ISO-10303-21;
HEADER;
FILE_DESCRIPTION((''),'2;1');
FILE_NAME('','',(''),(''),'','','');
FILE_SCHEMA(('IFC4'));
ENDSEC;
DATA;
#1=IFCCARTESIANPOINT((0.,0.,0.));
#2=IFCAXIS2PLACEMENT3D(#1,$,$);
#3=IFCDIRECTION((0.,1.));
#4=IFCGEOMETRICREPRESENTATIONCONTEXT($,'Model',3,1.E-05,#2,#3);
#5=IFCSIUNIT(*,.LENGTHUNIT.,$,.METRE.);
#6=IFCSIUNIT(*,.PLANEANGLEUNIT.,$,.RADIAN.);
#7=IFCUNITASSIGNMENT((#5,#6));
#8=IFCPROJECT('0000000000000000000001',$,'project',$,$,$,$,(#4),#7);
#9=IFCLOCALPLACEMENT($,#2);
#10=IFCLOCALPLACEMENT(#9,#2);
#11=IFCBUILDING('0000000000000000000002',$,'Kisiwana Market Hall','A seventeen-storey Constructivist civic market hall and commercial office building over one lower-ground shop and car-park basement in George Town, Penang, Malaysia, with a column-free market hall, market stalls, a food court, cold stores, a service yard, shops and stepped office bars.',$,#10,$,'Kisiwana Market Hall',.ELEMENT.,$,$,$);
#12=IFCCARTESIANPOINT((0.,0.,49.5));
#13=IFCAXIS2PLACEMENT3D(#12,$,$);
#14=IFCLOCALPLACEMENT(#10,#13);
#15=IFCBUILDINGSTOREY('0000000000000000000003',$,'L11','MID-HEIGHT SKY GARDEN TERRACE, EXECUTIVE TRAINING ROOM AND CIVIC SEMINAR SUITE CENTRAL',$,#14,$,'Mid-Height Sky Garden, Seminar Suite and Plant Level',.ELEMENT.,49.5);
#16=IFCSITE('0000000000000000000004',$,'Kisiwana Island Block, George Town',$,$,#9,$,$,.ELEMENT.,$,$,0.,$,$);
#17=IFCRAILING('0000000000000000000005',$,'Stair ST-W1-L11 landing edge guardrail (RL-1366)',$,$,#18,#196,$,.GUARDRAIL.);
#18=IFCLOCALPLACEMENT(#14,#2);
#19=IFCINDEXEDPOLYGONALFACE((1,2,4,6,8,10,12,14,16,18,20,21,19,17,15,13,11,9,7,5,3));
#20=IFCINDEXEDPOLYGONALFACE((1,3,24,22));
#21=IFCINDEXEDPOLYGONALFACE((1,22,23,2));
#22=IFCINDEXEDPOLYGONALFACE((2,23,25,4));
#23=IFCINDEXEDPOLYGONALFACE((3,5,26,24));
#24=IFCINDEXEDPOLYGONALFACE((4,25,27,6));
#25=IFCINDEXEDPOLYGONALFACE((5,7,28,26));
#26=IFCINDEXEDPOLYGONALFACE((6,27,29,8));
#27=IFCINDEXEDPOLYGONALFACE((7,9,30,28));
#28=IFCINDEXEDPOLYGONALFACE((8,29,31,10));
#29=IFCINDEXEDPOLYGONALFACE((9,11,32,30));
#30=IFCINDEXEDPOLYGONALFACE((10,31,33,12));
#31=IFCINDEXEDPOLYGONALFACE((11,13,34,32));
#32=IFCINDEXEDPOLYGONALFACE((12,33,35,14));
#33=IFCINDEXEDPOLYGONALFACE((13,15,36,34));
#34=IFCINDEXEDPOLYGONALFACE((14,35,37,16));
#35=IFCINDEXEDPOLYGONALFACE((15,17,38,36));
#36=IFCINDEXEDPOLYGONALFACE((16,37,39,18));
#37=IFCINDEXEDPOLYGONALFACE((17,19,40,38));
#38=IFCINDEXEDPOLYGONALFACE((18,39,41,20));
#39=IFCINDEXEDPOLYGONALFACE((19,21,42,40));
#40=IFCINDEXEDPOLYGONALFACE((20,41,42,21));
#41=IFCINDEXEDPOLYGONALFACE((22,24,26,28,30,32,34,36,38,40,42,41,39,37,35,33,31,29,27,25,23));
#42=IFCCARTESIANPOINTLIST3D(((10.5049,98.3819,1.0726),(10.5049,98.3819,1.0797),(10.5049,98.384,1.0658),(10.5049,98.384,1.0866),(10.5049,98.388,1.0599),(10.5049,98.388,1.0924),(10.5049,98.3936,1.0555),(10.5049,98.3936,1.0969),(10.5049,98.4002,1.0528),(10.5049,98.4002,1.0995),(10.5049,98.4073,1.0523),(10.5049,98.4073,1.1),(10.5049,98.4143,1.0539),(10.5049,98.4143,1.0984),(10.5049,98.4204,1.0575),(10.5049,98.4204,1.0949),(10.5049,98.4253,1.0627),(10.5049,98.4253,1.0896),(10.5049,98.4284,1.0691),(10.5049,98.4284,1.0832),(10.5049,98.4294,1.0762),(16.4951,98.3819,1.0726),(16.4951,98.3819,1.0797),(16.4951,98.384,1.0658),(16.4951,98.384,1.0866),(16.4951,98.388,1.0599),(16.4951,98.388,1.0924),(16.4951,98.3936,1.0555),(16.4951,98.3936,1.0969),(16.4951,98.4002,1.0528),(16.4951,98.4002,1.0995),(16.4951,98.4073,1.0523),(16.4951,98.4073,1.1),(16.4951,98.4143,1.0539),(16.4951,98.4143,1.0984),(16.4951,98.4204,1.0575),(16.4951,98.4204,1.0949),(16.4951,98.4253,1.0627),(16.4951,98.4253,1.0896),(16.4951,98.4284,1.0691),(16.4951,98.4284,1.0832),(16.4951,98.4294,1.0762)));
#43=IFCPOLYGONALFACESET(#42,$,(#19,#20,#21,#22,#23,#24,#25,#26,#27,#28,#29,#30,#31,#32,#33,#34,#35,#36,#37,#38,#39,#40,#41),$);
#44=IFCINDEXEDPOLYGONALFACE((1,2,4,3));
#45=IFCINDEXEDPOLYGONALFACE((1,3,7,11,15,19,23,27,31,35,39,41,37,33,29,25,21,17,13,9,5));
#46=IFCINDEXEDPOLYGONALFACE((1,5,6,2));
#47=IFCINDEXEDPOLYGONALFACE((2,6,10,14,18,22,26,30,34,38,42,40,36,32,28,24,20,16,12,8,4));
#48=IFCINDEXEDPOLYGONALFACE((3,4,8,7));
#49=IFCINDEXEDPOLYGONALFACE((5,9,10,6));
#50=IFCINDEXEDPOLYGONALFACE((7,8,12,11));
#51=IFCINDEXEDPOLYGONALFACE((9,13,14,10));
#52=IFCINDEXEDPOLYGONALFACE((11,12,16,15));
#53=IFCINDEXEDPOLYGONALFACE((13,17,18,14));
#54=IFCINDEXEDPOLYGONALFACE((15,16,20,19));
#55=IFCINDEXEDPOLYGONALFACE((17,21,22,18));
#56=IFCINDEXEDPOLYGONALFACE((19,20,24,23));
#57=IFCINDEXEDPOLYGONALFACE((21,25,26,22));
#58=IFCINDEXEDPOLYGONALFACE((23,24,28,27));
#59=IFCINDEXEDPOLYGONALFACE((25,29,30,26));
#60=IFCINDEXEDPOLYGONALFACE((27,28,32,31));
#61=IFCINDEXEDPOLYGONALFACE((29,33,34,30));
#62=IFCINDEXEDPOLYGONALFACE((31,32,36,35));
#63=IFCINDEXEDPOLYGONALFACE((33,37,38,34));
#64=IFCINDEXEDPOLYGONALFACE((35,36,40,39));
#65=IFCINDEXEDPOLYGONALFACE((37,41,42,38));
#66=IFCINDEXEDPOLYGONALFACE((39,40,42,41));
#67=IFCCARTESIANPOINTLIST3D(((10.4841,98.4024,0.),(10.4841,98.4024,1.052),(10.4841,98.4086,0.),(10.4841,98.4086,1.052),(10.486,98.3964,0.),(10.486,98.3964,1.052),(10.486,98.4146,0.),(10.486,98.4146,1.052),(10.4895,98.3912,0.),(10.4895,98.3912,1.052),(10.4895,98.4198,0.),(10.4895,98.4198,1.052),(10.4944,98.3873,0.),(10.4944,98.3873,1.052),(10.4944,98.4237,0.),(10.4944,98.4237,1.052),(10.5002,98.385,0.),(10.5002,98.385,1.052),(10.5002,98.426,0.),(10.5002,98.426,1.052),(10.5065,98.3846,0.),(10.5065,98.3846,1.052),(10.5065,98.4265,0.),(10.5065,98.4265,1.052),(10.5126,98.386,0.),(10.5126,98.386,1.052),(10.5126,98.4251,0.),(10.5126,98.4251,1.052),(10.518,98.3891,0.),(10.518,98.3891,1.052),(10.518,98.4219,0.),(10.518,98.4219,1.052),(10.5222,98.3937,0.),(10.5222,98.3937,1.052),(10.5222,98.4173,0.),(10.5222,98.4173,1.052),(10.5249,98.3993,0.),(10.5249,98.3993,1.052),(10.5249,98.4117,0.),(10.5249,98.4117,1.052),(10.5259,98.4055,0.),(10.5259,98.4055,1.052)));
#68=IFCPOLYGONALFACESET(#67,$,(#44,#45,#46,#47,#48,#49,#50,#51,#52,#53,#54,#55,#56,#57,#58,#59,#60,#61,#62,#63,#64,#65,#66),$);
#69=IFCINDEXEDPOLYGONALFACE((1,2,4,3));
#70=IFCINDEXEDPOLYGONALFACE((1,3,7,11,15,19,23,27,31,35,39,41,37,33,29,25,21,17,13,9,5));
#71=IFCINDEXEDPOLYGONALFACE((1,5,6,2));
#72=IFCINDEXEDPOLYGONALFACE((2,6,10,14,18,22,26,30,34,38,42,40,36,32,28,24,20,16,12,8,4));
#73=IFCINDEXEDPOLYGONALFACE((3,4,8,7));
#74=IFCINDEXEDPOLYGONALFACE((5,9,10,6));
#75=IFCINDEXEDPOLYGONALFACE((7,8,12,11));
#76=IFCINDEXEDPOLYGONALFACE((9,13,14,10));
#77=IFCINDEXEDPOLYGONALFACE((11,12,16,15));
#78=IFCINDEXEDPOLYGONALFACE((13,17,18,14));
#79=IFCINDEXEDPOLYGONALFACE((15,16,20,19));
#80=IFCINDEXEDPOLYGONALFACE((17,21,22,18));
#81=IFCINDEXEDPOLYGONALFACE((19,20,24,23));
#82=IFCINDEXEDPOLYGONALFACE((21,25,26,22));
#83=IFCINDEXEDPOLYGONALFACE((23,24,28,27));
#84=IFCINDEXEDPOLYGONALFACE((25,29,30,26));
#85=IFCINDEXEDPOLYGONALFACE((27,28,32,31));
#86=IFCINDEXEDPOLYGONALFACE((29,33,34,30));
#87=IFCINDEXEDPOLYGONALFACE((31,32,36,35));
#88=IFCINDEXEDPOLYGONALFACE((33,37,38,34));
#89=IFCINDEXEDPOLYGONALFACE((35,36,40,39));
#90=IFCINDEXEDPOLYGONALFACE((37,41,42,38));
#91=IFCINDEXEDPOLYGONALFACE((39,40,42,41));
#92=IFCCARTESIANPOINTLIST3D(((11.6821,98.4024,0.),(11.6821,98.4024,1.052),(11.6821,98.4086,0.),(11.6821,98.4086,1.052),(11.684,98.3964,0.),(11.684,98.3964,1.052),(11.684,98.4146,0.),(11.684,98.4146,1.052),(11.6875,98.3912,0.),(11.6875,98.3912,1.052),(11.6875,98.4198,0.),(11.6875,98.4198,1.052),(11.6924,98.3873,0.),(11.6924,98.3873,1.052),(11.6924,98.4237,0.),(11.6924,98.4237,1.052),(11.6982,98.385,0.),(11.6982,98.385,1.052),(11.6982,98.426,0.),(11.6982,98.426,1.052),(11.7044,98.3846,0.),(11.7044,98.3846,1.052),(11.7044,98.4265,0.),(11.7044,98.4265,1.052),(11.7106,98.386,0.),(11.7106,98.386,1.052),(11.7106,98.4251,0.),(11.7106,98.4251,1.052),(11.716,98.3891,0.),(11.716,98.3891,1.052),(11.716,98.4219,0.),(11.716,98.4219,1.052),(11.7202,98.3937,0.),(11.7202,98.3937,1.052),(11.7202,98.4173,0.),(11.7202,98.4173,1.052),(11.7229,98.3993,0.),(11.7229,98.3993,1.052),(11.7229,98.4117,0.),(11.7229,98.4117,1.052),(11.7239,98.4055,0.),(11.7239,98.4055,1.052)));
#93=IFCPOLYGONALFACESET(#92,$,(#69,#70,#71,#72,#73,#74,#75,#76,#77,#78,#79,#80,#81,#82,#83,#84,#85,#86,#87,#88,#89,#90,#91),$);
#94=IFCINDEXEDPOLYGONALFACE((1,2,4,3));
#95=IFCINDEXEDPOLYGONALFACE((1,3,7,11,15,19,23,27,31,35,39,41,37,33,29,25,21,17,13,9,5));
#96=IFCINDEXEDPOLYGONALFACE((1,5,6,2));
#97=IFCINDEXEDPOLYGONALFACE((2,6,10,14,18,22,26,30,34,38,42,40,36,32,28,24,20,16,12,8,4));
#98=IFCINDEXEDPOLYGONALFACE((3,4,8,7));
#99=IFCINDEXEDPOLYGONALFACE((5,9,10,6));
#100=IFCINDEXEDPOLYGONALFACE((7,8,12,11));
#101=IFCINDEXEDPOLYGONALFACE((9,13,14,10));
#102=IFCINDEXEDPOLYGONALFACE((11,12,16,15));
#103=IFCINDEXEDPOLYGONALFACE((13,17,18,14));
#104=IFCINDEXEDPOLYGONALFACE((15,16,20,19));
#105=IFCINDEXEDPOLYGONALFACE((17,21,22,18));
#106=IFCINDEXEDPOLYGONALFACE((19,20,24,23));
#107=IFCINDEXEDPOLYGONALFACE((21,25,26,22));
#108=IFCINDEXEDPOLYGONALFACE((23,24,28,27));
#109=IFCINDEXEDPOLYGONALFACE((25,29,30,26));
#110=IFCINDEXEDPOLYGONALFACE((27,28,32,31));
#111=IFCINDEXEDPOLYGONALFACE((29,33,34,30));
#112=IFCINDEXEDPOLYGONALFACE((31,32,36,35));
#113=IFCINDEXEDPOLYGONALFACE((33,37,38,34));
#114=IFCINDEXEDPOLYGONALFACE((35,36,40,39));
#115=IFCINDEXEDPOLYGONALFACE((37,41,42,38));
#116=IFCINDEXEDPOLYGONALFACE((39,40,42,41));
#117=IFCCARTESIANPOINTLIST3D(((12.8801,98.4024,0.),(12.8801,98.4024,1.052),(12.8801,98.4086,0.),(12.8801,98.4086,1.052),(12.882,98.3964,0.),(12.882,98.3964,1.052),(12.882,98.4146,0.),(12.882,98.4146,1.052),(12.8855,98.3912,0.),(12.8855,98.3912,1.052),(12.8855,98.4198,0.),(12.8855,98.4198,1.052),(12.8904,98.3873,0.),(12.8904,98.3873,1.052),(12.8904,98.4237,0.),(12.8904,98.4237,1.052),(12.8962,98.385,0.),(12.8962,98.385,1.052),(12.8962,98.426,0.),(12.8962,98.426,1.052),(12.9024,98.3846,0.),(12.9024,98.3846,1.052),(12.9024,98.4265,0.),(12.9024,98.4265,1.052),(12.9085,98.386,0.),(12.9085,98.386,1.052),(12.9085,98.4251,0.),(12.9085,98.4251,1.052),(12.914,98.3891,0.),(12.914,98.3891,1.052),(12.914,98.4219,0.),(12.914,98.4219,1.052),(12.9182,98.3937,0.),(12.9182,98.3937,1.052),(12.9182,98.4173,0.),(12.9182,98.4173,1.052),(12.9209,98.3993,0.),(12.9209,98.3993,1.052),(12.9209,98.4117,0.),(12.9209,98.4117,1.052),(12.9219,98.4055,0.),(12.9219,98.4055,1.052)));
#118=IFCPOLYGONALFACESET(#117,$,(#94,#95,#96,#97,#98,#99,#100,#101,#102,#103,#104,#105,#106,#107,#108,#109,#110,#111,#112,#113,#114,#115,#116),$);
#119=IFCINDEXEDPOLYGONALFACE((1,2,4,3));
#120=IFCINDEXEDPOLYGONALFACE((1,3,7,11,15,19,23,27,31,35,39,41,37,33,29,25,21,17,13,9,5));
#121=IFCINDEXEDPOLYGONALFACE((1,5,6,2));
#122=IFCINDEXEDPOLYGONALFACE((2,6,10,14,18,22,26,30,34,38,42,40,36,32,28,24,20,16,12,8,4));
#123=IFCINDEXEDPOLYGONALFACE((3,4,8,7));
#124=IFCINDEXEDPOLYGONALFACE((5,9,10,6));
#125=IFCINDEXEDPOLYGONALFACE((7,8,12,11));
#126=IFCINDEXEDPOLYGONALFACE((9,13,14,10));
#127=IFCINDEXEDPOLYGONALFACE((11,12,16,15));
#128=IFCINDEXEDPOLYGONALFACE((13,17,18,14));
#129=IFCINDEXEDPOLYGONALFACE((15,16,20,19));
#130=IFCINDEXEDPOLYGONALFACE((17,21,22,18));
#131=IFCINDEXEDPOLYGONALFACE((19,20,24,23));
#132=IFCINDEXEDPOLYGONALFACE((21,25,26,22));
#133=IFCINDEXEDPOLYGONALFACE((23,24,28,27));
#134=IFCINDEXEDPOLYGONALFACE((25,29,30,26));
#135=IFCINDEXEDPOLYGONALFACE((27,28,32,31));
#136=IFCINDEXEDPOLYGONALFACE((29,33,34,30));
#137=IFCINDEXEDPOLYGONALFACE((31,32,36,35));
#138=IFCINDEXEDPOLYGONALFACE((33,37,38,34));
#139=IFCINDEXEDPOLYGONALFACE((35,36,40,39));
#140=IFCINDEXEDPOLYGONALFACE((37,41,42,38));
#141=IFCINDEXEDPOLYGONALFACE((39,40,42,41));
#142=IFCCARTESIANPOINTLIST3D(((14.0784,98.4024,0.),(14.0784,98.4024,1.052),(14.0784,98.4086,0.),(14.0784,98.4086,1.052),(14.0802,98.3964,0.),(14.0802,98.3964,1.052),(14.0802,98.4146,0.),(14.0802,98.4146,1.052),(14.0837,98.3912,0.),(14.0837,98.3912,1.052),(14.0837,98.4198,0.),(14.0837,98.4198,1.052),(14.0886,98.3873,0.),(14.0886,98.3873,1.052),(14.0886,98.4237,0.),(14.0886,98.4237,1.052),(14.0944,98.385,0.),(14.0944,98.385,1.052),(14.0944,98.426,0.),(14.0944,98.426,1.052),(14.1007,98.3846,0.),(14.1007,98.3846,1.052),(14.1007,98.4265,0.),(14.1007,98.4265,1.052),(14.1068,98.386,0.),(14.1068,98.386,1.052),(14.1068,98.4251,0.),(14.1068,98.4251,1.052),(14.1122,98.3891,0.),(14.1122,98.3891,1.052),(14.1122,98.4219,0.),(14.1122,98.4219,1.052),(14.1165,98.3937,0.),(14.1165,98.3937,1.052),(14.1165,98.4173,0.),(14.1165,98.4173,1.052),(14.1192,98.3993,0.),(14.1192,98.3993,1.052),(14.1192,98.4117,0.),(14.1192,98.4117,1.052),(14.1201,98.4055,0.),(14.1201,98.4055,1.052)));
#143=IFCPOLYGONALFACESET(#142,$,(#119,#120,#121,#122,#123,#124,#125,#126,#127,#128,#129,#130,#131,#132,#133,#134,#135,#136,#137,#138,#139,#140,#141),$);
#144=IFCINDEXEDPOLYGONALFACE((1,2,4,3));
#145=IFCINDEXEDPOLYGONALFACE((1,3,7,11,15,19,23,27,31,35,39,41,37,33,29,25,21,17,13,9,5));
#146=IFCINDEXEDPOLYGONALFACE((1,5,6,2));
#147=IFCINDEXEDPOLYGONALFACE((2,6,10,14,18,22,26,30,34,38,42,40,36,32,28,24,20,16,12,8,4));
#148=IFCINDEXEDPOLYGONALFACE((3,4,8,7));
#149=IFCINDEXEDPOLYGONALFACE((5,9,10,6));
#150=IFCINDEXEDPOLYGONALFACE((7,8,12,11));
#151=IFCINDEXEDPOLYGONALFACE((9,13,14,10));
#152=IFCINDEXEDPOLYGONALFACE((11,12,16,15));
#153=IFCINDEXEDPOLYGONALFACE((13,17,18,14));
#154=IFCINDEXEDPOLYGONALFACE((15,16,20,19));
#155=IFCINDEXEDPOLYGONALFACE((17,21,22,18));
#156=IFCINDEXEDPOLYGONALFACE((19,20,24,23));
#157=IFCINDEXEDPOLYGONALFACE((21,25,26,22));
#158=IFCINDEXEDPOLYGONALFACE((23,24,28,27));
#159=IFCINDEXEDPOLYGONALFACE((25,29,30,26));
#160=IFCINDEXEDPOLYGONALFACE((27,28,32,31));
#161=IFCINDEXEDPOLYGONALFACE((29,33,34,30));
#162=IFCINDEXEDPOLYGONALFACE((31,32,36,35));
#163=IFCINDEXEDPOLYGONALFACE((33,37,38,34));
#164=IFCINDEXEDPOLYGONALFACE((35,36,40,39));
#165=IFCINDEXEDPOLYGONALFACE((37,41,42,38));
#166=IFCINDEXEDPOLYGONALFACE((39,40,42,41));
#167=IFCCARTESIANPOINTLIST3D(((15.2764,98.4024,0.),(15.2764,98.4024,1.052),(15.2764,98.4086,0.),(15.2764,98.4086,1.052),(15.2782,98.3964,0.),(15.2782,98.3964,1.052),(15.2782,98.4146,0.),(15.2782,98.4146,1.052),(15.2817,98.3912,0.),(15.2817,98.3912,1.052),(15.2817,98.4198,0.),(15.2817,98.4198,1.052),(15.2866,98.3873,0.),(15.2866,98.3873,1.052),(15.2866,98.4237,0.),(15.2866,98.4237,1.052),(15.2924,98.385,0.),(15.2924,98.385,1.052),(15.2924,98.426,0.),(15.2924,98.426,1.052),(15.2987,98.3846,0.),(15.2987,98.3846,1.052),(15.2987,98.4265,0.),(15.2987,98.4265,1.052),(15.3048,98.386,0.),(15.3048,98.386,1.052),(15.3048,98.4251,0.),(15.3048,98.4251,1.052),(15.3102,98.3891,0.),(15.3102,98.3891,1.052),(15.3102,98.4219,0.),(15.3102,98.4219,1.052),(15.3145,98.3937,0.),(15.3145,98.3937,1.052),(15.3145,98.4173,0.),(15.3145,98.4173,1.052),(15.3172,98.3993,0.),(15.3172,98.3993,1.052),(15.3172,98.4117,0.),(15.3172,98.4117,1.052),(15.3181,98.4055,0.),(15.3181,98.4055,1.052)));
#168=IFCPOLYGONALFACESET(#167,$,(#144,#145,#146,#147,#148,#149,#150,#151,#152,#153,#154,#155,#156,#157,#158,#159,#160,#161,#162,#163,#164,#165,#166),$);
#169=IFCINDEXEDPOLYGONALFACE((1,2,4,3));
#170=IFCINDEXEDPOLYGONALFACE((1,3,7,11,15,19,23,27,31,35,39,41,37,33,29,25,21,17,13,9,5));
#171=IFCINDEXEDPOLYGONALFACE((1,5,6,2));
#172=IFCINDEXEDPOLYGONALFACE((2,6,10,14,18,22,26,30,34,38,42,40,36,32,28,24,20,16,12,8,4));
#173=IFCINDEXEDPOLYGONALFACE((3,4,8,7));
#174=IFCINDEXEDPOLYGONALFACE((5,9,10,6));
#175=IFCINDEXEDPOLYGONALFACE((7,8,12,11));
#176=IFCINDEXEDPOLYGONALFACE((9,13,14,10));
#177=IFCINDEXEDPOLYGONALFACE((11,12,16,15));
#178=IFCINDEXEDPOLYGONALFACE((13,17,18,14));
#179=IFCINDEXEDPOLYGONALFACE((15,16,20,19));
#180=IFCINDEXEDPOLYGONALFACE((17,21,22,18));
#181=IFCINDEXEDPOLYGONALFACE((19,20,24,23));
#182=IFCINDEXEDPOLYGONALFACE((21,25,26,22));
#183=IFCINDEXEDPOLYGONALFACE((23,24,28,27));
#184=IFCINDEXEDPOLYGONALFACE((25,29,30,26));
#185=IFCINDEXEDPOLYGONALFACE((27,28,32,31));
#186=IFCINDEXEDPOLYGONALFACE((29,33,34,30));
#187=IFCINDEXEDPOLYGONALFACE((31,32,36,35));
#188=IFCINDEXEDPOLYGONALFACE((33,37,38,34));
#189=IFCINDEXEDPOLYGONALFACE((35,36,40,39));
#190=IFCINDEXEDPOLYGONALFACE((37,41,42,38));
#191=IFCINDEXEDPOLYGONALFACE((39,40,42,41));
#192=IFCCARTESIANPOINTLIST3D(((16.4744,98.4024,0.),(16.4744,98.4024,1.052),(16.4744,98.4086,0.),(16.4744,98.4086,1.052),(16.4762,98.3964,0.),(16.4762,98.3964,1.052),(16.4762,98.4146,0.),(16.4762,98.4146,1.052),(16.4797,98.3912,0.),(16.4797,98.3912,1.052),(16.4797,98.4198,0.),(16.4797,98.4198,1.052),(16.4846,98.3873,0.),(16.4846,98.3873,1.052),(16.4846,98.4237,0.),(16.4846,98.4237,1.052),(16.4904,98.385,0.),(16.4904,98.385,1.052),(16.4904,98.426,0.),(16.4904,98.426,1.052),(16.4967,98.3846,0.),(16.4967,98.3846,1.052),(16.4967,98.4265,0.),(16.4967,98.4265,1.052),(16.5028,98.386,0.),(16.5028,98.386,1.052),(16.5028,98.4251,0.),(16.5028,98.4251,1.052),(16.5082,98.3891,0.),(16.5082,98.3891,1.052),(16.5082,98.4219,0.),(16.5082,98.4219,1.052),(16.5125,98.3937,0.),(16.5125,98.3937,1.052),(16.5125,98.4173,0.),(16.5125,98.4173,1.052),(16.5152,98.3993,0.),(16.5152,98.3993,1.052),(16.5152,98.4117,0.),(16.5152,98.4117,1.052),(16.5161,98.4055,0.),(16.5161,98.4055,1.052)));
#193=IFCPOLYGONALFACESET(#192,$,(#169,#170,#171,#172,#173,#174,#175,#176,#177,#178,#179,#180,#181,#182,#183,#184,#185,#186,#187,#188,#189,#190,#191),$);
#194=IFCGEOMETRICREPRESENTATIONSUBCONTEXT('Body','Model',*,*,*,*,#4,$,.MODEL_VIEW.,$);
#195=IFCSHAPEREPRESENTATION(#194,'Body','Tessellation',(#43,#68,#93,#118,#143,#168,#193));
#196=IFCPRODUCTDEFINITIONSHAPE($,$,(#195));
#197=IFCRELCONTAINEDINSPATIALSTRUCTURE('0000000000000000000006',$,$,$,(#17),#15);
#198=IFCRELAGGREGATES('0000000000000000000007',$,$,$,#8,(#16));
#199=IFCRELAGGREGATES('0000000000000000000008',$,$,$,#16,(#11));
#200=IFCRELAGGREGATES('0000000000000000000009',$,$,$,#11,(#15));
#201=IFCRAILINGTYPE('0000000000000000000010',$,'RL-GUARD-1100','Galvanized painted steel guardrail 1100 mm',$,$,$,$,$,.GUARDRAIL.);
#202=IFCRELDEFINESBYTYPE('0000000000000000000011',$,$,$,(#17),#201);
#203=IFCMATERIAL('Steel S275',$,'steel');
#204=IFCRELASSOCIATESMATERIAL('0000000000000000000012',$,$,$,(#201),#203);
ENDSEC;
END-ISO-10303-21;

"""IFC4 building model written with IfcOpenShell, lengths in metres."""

from ifc_helpers import new_model, si_unit, direction, frame, origin, origin_2d, place, context, subcontext, project, spatial, circle, extrude, material, type_object, element, save


model = new_model("IFC4")

# Units and contexts
model_context = context("Model", 3, precision=1e-05, world=origin(), true_north=direction((0.0, 1.0)))
body_context = subcontext(model_context, "Body", "Model", "MODEL_VIEW")
ifc_project = project(units=[si_unit("LENGTHUNIT", "METRE"), si_unit("PLANEANGLEUNIT", "RADIAN")], contexts=[model_context])

# Site, building, storey
site_placement = place(None, origin())
site = spatial("IfcSite", under=ifc_project, at=site_placement, Name="Kisiwana Island Block, George Town", CompositionType="ELEMENT", RefElevation=0.0)
building_placement = place(site_placement, origin())
building = spatial("IfcBuilding", under=site, at=building_placement, Name="Kisiwana Market Hall", Description="A seventeen-storey Constructivist civic market hall and commercial office building over one lower-ground shop and car-park basement in George Town, Penang, Malaysia, with a column-free market hall, market stalls, a food court, cold stores, a service yard, shops and stepped office bars.", LongName="Kisiwana Market Hall", CompositionType="ELEMENT")
storey_placement = place(building_placement, frame((0.0, 0.0, 49.5)))
storey = spatial("IfcBuildingStorey", under=building, at=storey_placement, Name="L11", Description="MID-HEIGHT SKY GARDEN TERRACE, EXECUTIVE TRAINING ROOM AND CIVIC SEMINAR SUITE CENTRAL", LongName="Mid-Height Sky Garden, Seminar Suite and Plant Level", CompositionType="ELEMENT", Elevation=49.5)

# Railing
ifc_material_1 = material(Name="Steel S275", Category="steel")
railing_type_1 = type_object("IfcRailingType", Name="RL-GUARD-1100", Description="Galvanized painted steel guardrail 1100 mm", PredefinedType="GUARDRAIL", material=ifc_material_1)
railing_1_placement = place(storey_placement, frame((10.5049, 98.4055, 0.0)))
element("IfcRailing", 1, at=railing_1_placement, inside=storey, type_object=railing_type_1, Name="Stair ST-W1-L11 landing edge guardrail (RL-1366)", PredefinedType="GUARDRAIL", context=body_context, shape_type="SweptSolid", body=[
    extrude(circle(Radius=0.0239, at=origin_2d()), frame((0.0, 0.0, 1.0762), z_axis=(1.0, 0.0, 0.0), x_axis=(0.0, 1.0, 0.0)), (0.0, 0.0, 1.0), 5.9902),
    extrude(circle(Radius=0.021, at=origin_2d()), origin(), (0.0, 0.0, 1.0), 1.052),
    extrude(circle(Radius=0.021, at=origin_2d()), frame((1.198, 0.0, 0.0)), (0.0, 0.0, 1.0), 1.052),
    extrude(circle(Radius=0.021, at=origin_2d()), frame((2.396, 0.0, 0.0)), (0.0, 0.0, 1.0), 1.052),
    extrude(circle(Radius=0.021, at=origin_2d()), frame((3.5942, 0.0, 0.0)), (0.0, 0.0, 1.0), 1.052),
    extrude(circle(Radius=0.021, at=origin_2d()), frame((4.7922, 0.0, 0.0)), (0.0, 0.0, 1.0), 1.052),
    extrude(circle(Radius=0.021, at=origin_2d()), frame((5.9902, 0.0, 0.0)), (0.0, 0.0, 1.0), 1.052),
])

save(model, "model.ifc")
